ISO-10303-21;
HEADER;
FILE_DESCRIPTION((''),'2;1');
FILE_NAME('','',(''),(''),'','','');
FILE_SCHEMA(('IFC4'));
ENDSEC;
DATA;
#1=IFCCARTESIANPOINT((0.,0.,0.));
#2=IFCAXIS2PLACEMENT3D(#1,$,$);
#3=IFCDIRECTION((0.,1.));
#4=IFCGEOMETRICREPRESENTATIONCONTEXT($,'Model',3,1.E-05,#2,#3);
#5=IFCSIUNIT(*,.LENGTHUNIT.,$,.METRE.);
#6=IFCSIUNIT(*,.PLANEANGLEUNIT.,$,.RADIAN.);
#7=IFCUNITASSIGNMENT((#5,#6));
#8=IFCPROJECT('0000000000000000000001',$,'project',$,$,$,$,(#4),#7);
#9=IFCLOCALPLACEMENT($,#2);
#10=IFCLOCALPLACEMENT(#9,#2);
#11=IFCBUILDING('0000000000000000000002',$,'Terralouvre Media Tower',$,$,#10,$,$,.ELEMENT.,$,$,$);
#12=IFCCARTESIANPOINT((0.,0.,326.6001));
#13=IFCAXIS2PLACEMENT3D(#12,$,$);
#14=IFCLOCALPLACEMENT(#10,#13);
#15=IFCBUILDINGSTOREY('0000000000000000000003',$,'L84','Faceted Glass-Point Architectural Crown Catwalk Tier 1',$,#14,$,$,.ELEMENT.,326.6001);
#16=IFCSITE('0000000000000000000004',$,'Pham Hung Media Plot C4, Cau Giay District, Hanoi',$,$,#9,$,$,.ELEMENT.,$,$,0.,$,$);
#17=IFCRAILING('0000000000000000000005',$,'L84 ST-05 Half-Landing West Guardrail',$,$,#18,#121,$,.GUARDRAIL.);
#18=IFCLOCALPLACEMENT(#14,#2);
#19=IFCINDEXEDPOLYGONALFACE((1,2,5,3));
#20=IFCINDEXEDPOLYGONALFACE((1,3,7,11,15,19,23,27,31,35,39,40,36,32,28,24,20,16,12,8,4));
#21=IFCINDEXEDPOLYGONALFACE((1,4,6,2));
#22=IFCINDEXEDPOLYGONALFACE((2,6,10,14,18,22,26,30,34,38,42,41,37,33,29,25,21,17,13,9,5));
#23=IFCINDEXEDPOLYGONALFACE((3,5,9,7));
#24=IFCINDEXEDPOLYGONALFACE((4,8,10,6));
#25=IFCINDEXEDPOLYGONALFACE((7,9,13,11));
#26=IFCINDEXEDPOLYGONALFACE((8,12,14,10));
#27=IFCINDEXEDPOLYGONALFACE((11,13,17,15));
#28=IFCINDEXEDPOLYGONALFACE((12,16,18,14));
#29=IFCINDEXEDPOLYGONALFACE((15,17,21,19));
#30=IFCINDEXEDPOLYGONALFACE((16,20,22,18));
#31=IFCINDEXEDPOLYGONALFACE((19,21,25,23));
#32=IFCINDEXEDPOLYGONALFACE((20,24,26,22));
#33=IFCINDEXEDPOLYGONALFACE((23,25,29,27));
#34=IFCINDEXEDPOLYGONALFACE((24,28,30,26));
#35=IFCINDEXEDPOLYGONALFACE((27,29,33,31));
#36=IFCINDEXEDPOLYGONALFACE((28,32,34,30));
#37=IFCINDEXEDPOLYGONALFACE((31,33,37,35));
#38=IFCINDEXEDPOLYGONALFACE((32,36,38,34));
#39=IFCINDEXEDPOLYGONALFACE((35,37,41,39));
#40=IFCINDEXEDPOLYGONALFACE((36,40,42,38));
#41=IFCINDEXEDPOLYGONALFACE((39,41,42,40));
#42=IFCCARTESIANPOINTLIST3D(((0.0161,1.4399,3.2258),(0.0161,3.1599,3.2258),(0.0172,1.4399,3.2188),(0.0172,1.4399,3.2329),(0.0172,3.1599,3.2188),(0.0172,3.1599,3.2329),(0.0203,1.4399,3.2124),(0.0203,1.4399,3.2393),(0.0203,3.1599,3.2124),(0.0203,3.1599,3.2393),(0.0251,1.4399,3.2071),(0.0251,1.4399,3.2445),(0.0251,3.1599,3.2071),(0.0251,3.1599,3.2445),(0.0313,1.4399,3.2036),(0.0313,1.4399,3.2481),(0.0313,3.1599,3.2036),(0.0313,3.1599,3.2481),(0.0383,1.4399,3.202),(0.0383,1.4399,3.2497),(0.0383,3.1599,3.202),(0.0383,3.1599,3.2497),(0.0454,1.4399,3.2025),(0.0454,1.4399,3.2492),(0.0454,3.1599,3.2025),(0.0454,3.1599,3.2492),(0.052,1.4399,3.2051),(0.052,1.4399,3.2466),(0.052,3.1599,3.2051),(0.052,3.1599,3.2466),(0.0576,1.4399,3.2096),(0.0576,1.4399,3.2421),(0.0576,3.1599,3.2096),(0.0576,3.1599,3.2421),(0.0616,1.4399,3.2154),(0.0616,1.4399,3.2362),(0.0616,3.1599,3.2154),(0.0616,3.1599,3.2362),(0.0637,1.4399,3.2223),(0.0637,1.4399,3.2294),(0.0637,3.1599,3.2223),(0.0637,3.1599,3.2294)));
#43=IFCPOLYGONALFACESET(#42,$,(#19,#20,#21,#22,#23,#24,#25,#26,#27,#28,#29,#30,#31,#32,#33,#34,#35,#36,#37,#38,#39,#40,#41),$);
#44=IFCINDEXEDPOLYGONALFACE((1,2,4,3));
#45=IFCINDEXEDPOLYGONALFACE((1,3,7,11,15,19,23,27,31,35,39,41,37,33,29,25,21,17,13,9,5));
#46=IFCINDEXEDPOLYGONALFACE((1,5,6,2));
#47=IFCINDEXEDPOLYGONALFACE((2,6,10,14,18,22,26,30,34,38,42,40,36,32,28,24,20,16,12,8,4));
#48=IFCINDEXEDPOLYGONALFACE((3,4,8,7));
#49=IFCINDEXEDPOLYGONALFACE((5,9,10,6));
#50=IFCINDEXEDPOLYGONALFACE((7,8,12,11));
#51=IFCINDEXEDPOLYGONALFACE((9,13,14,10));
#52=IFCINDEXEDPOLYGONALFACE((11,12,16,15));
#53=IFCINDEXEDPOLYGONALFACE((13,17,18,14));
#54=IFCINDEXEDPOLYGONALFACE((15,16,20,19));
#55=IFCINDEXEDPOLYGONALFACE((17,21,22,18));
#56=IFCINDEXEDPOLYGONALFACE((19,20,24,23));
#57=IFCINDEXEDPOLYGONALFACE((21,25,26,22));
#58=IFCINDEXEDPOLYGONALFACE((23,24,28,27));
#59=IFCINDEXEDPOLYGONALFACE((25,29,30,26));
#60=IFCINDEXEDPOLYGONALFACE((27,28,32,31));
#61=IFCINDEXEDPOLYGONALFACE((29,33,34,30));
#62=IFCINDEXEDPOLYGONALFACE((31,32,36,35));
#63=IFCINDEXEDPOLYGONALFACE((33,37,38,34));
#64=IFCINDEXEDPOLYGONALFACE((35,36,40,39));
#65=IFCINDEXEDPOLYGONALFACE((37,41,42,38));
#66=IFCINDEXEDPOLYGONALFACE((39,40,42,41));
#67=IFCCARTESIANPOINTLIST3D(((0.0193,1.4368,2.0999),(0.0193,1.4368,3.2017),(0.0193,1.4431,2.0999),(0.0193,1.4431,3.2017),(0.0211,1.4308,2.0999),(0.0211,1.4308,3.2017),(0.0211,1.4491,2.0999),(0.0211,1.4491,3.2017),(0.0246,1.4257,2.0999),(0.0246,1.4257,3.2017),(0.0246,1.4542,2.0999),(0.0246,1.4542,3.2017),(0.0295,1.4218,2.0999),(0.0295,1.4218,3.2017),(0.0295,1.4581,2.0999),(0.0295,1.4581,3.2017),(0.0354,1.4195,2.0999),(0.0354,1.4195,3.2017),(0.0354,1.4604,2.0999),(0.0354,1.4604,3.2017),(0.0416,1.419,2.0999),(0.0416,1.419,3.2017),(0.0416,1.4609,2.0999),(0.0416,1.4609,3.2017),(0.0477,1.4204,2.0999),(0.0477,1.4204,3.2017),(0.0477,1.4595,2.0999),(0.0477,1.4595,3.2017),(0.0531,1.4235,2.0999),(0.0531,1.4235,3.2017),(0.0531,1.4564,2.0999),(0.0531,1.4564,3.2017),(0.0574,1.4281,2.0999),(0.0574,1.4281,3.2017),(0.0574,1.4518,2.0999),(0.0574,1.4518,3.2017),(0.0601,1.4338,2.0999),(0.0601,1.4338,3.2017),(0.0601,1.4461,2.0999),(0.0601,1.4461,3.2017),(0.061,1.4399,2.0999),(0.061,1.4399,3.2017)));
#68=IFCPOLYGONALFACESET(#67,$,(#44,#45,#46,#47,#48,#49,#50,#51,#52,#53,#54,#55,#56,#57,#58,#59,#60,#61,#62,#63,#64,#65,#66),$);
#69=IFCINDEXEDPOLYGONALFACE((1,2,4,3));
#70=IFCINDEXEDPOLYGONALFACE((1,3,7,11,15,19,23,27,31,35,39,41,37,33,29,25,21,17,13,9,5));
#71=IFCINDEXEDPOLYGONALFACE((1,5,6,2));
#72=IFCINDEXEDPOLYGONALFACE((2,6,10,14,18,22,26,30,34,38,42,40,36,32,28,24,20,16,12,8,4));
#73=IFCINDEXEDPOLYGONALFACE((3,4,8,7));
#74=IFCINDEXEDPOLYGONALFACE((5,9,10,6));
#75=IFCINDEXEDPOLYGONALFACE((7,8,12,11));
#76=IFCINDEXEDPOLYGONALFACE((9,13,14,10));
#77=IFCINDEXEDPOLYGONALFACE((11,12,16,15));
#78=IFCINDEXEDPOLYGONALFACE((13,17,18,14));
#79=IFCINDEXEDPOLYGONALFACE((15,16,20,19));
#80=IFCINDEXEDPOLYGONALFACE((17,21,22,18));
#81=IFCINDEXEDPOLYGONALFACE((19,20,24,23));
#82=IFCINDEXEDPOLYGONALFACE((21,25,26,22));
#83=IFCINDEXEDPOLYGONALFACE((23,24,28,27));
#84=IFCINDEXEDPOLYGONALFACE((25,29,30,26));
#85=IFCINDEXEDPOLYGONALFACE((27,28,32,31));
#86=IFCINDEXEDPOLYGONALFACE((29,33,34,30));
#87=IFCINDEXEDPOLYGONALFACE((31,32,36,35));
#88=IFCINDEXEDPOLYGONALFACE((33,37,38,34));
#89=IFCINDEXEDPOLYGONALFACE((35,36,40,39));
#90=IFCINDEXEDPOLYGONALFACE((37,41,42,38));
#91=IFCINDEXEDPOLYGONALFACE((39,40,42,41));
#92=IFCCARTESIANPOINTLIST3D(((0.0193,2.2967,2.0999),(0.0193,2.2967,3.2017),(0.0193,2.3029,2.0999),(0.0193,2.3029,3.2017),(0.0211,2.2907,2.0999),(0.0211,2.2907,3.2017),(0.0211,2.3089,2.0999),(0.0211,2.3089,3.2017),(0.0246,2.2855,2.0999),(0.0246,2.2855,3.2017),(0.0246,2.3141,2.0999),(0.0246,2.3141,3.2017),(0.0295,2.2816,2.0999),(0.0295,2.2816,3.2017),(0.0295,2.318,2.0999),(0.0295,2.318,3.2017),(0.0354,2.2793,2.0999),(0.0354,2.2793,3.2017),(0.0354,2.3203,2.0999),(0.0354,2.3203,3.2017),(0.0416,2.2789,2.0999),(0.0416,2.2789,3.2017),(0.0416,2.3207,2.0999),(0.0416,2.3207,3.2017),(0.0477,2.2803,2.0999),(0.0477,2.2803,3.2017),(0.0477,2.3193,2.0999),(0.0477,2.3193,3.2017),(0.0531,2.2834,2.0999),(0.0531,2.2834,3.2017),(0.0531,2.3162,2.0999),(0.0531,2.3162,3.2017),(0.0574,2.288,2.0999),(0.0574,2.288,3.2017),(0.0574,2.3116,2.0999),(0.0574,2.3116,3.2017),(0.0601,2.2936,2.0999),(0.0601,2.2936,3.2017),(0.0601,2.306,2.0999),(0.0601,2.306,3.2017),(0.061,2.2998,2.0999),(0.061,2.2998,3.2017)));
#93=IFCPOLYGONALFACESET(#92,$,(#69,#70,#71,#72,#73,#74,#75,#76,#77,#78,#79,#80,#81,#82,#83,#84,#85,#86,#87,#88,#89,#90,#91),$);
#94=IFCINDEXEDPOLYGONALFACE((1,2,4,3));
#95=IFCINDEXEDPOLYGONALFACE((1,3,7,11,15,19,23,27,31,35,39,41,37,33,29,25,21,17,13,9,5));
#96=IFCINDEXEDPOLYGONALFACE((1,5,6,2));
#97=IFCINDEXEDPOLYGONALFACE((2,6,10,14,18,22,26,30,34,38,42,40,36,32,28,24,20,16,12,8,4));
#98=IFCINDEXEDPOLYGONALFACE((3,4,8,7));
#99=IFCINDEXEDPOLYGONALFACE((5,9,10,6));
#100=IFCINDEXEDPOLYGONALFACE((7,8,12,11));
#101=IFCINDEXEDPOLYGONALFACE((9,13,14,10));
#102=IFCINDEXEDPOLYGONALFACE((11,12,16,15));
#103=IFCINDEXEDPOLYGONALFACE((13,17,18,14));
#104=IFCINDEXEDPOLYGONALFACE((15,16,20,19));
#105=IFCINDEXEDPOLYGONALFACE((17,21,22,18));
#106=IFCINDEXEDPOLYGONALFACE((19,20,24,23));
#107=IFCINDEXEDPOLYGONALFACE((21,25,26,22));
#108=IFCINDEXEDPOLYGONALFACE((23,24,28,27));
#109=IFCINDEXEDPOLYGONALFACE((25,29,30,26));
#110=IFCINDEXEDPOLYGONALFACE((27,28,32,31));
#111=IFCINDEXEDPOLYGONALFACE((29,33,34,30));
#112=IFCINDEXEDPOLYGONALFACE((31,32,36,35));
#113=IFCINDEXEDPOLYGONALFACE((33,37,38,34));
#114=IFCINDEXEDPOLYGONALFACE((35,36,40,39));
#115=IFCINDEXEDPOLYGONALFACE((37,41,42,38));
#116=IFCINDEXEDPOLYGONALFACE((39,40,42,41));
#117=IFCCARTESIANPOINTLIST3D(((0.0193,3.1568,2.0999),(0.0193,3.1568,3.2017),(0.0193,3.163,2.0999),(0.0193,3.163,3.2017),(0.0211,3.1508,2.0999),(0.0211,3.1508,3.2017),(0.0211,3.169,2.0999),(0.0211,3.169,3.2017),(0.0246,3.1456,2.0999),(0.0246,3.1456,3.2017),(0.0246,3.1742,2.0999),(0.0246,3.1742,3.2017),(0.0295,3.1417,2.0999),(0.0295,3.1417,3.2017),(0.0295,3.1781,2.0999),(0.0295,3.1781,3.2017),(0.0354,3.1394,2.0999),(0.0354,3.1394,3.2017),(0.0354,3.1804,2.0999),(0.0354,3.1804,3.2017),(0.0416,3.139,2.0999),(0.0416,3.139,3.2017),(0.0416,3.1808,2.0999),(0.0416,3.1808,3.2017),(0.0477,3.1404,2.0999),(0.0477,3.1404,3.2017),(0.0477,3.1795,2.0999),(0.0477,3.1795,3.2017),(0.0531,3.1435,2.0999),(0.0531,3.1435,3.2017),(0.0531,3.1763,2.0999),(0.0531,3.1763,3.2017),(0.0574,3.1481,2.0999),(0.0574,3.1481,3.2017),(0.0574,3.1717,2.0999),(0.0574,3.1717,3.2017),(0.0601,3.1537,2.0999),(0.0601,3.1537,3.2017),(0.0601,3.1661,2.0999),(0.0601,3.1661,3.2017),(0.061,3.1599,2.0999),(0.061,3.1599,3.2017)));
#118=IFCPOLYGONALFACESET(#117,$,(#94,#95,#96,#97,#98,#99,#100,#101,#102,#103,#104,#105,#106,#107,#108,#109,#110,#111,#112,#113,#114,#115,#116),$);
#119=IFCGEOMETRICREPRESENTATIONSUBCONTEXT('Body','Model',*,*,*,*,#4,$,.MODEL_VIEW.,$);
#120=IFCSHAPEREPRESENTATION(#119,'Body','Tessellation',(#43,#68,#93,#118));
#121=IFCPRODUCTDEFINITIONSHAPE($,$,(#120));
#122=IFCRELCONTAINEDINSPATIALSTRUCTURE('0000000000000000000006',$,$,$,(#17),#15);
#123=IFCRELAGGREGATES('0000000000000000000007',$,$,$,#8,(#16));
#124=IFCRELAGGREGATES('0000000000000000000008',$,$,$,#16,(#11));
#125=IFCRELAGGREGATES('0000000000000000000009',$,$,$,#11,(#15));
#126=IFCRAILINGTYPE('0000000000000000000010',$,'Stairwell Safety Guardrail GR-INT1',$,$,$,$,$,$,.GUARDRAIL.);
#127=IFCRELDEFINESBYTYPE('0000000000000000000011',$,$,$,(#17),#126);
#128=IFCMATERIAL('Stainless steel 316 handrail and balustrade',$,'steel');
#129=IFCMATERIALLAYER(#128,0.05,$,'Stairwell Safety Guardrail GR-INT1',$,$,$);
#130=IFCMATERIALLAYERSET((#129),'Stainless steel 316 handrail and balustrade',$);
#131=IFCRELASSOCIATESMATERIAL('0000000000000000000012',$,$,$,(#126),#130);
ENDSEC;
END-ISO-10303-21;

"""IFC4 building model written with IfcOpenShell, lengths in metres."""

from ifc_helpers import new_model, si_unit, direction, frame, origin, origin_2d, place, context, subcontext, project, spatial, circle, extrude, material, layer, layer_set, type_object, element, save


model = new_model("IFC4")

# Units and contexts
model_context = context("Model", 3, precision=1e-05, world=origin(), true_north=direction((0.0, 1.0)))
body_context = subcontext(model_context, "Body", "Model", "MODEL_VIEW")
ifc_project = project(units=[si_unit("LENGTHUNIT", "METRE"), si_unit("PLANEANGLEUNIT", "RADIAN")], contexts=[model_context])

# Site, building, storey
site_placement = place(None, origin())
site = spatial("IfcSite", under=ifc_project, at=site_placement, Name="Pham Hung Media Plot C4, Cau Giay District, Hanoi", CompositionType="ELEMENT", RefElevation=0.0)
building_placement = place(site_placement, origin())
building = spatial("IfcBuilding", under=site, at=building_placement, Name="Terralouvre Media Tower", CompositionType="ELEMENT")
storey_placement = place(building_placement, frame((0.0, 0.0, 326.6001)))
storey = spatial("IfcBuildingStorey", under=building, at=storey_placement, Name="L84", Description="Faceted Glass-Point Architectural Crown Catwalk Tier 1", CompositionType="ELEMENT", Elevation=326.6001)

# Railing
ifc_material_1 = material(Name="Stainless steel 316 handrail and balustrade", Category="steel")
ifc_layer_1 = layer(ifc_material_1, 0.05, Name="Stairwell Safety Guardrail GR-INT1")
ifc_layer_set_1 = layer_set([ifc_layer_1], Name="Stainless steel 316 handrail and balustrade")
railing_type_1 = type_object("IfcRailingType", Name="Stairwell Safety Guardrail GR-INT1", PredefinedType="GUARDRAIL", material=ifc_layer_set_1)
railing_1_placement = place(storey_placement, frame((0.04, 1.4399, 2.0999)))
element("IfcRailing", 1, at=railing_1_placement, inside=storey, type_object=railing_type_1, Name="L84 ST-05 Half-Landing West Guardrail", PredefinedType="GUARDRAIL", context=body_context, shape_type="SweptSolid", body=[
    extrude(circle(Radius=0.0239, at=origin_2d()), frame((0.0, 0.0, 1.126), z_axis=(0.0, 1.0, 0.0), x_axis=(-1.0, 0.0, 0.0)), (0.0, 0.0, 1.0), 1.72),
    extrude(circle(Radius=0.021, at=origin_2d()), origin(), (0.0, 0.0, 1.0), 1.1018),
    extrude(circle(Radius=0.021, at=origin_2d()), frame((0.0, 0.8599, 0.0)), (0.0, 0.0, 1.0), 1.1018),
    extrude(circle(Radius=0.021, at=origin_2d()), frame((0.0, 1.72, 0.0)), (0.0, 0.0, 1.0), 1.1018),
])

save(model, "model.ifc")
